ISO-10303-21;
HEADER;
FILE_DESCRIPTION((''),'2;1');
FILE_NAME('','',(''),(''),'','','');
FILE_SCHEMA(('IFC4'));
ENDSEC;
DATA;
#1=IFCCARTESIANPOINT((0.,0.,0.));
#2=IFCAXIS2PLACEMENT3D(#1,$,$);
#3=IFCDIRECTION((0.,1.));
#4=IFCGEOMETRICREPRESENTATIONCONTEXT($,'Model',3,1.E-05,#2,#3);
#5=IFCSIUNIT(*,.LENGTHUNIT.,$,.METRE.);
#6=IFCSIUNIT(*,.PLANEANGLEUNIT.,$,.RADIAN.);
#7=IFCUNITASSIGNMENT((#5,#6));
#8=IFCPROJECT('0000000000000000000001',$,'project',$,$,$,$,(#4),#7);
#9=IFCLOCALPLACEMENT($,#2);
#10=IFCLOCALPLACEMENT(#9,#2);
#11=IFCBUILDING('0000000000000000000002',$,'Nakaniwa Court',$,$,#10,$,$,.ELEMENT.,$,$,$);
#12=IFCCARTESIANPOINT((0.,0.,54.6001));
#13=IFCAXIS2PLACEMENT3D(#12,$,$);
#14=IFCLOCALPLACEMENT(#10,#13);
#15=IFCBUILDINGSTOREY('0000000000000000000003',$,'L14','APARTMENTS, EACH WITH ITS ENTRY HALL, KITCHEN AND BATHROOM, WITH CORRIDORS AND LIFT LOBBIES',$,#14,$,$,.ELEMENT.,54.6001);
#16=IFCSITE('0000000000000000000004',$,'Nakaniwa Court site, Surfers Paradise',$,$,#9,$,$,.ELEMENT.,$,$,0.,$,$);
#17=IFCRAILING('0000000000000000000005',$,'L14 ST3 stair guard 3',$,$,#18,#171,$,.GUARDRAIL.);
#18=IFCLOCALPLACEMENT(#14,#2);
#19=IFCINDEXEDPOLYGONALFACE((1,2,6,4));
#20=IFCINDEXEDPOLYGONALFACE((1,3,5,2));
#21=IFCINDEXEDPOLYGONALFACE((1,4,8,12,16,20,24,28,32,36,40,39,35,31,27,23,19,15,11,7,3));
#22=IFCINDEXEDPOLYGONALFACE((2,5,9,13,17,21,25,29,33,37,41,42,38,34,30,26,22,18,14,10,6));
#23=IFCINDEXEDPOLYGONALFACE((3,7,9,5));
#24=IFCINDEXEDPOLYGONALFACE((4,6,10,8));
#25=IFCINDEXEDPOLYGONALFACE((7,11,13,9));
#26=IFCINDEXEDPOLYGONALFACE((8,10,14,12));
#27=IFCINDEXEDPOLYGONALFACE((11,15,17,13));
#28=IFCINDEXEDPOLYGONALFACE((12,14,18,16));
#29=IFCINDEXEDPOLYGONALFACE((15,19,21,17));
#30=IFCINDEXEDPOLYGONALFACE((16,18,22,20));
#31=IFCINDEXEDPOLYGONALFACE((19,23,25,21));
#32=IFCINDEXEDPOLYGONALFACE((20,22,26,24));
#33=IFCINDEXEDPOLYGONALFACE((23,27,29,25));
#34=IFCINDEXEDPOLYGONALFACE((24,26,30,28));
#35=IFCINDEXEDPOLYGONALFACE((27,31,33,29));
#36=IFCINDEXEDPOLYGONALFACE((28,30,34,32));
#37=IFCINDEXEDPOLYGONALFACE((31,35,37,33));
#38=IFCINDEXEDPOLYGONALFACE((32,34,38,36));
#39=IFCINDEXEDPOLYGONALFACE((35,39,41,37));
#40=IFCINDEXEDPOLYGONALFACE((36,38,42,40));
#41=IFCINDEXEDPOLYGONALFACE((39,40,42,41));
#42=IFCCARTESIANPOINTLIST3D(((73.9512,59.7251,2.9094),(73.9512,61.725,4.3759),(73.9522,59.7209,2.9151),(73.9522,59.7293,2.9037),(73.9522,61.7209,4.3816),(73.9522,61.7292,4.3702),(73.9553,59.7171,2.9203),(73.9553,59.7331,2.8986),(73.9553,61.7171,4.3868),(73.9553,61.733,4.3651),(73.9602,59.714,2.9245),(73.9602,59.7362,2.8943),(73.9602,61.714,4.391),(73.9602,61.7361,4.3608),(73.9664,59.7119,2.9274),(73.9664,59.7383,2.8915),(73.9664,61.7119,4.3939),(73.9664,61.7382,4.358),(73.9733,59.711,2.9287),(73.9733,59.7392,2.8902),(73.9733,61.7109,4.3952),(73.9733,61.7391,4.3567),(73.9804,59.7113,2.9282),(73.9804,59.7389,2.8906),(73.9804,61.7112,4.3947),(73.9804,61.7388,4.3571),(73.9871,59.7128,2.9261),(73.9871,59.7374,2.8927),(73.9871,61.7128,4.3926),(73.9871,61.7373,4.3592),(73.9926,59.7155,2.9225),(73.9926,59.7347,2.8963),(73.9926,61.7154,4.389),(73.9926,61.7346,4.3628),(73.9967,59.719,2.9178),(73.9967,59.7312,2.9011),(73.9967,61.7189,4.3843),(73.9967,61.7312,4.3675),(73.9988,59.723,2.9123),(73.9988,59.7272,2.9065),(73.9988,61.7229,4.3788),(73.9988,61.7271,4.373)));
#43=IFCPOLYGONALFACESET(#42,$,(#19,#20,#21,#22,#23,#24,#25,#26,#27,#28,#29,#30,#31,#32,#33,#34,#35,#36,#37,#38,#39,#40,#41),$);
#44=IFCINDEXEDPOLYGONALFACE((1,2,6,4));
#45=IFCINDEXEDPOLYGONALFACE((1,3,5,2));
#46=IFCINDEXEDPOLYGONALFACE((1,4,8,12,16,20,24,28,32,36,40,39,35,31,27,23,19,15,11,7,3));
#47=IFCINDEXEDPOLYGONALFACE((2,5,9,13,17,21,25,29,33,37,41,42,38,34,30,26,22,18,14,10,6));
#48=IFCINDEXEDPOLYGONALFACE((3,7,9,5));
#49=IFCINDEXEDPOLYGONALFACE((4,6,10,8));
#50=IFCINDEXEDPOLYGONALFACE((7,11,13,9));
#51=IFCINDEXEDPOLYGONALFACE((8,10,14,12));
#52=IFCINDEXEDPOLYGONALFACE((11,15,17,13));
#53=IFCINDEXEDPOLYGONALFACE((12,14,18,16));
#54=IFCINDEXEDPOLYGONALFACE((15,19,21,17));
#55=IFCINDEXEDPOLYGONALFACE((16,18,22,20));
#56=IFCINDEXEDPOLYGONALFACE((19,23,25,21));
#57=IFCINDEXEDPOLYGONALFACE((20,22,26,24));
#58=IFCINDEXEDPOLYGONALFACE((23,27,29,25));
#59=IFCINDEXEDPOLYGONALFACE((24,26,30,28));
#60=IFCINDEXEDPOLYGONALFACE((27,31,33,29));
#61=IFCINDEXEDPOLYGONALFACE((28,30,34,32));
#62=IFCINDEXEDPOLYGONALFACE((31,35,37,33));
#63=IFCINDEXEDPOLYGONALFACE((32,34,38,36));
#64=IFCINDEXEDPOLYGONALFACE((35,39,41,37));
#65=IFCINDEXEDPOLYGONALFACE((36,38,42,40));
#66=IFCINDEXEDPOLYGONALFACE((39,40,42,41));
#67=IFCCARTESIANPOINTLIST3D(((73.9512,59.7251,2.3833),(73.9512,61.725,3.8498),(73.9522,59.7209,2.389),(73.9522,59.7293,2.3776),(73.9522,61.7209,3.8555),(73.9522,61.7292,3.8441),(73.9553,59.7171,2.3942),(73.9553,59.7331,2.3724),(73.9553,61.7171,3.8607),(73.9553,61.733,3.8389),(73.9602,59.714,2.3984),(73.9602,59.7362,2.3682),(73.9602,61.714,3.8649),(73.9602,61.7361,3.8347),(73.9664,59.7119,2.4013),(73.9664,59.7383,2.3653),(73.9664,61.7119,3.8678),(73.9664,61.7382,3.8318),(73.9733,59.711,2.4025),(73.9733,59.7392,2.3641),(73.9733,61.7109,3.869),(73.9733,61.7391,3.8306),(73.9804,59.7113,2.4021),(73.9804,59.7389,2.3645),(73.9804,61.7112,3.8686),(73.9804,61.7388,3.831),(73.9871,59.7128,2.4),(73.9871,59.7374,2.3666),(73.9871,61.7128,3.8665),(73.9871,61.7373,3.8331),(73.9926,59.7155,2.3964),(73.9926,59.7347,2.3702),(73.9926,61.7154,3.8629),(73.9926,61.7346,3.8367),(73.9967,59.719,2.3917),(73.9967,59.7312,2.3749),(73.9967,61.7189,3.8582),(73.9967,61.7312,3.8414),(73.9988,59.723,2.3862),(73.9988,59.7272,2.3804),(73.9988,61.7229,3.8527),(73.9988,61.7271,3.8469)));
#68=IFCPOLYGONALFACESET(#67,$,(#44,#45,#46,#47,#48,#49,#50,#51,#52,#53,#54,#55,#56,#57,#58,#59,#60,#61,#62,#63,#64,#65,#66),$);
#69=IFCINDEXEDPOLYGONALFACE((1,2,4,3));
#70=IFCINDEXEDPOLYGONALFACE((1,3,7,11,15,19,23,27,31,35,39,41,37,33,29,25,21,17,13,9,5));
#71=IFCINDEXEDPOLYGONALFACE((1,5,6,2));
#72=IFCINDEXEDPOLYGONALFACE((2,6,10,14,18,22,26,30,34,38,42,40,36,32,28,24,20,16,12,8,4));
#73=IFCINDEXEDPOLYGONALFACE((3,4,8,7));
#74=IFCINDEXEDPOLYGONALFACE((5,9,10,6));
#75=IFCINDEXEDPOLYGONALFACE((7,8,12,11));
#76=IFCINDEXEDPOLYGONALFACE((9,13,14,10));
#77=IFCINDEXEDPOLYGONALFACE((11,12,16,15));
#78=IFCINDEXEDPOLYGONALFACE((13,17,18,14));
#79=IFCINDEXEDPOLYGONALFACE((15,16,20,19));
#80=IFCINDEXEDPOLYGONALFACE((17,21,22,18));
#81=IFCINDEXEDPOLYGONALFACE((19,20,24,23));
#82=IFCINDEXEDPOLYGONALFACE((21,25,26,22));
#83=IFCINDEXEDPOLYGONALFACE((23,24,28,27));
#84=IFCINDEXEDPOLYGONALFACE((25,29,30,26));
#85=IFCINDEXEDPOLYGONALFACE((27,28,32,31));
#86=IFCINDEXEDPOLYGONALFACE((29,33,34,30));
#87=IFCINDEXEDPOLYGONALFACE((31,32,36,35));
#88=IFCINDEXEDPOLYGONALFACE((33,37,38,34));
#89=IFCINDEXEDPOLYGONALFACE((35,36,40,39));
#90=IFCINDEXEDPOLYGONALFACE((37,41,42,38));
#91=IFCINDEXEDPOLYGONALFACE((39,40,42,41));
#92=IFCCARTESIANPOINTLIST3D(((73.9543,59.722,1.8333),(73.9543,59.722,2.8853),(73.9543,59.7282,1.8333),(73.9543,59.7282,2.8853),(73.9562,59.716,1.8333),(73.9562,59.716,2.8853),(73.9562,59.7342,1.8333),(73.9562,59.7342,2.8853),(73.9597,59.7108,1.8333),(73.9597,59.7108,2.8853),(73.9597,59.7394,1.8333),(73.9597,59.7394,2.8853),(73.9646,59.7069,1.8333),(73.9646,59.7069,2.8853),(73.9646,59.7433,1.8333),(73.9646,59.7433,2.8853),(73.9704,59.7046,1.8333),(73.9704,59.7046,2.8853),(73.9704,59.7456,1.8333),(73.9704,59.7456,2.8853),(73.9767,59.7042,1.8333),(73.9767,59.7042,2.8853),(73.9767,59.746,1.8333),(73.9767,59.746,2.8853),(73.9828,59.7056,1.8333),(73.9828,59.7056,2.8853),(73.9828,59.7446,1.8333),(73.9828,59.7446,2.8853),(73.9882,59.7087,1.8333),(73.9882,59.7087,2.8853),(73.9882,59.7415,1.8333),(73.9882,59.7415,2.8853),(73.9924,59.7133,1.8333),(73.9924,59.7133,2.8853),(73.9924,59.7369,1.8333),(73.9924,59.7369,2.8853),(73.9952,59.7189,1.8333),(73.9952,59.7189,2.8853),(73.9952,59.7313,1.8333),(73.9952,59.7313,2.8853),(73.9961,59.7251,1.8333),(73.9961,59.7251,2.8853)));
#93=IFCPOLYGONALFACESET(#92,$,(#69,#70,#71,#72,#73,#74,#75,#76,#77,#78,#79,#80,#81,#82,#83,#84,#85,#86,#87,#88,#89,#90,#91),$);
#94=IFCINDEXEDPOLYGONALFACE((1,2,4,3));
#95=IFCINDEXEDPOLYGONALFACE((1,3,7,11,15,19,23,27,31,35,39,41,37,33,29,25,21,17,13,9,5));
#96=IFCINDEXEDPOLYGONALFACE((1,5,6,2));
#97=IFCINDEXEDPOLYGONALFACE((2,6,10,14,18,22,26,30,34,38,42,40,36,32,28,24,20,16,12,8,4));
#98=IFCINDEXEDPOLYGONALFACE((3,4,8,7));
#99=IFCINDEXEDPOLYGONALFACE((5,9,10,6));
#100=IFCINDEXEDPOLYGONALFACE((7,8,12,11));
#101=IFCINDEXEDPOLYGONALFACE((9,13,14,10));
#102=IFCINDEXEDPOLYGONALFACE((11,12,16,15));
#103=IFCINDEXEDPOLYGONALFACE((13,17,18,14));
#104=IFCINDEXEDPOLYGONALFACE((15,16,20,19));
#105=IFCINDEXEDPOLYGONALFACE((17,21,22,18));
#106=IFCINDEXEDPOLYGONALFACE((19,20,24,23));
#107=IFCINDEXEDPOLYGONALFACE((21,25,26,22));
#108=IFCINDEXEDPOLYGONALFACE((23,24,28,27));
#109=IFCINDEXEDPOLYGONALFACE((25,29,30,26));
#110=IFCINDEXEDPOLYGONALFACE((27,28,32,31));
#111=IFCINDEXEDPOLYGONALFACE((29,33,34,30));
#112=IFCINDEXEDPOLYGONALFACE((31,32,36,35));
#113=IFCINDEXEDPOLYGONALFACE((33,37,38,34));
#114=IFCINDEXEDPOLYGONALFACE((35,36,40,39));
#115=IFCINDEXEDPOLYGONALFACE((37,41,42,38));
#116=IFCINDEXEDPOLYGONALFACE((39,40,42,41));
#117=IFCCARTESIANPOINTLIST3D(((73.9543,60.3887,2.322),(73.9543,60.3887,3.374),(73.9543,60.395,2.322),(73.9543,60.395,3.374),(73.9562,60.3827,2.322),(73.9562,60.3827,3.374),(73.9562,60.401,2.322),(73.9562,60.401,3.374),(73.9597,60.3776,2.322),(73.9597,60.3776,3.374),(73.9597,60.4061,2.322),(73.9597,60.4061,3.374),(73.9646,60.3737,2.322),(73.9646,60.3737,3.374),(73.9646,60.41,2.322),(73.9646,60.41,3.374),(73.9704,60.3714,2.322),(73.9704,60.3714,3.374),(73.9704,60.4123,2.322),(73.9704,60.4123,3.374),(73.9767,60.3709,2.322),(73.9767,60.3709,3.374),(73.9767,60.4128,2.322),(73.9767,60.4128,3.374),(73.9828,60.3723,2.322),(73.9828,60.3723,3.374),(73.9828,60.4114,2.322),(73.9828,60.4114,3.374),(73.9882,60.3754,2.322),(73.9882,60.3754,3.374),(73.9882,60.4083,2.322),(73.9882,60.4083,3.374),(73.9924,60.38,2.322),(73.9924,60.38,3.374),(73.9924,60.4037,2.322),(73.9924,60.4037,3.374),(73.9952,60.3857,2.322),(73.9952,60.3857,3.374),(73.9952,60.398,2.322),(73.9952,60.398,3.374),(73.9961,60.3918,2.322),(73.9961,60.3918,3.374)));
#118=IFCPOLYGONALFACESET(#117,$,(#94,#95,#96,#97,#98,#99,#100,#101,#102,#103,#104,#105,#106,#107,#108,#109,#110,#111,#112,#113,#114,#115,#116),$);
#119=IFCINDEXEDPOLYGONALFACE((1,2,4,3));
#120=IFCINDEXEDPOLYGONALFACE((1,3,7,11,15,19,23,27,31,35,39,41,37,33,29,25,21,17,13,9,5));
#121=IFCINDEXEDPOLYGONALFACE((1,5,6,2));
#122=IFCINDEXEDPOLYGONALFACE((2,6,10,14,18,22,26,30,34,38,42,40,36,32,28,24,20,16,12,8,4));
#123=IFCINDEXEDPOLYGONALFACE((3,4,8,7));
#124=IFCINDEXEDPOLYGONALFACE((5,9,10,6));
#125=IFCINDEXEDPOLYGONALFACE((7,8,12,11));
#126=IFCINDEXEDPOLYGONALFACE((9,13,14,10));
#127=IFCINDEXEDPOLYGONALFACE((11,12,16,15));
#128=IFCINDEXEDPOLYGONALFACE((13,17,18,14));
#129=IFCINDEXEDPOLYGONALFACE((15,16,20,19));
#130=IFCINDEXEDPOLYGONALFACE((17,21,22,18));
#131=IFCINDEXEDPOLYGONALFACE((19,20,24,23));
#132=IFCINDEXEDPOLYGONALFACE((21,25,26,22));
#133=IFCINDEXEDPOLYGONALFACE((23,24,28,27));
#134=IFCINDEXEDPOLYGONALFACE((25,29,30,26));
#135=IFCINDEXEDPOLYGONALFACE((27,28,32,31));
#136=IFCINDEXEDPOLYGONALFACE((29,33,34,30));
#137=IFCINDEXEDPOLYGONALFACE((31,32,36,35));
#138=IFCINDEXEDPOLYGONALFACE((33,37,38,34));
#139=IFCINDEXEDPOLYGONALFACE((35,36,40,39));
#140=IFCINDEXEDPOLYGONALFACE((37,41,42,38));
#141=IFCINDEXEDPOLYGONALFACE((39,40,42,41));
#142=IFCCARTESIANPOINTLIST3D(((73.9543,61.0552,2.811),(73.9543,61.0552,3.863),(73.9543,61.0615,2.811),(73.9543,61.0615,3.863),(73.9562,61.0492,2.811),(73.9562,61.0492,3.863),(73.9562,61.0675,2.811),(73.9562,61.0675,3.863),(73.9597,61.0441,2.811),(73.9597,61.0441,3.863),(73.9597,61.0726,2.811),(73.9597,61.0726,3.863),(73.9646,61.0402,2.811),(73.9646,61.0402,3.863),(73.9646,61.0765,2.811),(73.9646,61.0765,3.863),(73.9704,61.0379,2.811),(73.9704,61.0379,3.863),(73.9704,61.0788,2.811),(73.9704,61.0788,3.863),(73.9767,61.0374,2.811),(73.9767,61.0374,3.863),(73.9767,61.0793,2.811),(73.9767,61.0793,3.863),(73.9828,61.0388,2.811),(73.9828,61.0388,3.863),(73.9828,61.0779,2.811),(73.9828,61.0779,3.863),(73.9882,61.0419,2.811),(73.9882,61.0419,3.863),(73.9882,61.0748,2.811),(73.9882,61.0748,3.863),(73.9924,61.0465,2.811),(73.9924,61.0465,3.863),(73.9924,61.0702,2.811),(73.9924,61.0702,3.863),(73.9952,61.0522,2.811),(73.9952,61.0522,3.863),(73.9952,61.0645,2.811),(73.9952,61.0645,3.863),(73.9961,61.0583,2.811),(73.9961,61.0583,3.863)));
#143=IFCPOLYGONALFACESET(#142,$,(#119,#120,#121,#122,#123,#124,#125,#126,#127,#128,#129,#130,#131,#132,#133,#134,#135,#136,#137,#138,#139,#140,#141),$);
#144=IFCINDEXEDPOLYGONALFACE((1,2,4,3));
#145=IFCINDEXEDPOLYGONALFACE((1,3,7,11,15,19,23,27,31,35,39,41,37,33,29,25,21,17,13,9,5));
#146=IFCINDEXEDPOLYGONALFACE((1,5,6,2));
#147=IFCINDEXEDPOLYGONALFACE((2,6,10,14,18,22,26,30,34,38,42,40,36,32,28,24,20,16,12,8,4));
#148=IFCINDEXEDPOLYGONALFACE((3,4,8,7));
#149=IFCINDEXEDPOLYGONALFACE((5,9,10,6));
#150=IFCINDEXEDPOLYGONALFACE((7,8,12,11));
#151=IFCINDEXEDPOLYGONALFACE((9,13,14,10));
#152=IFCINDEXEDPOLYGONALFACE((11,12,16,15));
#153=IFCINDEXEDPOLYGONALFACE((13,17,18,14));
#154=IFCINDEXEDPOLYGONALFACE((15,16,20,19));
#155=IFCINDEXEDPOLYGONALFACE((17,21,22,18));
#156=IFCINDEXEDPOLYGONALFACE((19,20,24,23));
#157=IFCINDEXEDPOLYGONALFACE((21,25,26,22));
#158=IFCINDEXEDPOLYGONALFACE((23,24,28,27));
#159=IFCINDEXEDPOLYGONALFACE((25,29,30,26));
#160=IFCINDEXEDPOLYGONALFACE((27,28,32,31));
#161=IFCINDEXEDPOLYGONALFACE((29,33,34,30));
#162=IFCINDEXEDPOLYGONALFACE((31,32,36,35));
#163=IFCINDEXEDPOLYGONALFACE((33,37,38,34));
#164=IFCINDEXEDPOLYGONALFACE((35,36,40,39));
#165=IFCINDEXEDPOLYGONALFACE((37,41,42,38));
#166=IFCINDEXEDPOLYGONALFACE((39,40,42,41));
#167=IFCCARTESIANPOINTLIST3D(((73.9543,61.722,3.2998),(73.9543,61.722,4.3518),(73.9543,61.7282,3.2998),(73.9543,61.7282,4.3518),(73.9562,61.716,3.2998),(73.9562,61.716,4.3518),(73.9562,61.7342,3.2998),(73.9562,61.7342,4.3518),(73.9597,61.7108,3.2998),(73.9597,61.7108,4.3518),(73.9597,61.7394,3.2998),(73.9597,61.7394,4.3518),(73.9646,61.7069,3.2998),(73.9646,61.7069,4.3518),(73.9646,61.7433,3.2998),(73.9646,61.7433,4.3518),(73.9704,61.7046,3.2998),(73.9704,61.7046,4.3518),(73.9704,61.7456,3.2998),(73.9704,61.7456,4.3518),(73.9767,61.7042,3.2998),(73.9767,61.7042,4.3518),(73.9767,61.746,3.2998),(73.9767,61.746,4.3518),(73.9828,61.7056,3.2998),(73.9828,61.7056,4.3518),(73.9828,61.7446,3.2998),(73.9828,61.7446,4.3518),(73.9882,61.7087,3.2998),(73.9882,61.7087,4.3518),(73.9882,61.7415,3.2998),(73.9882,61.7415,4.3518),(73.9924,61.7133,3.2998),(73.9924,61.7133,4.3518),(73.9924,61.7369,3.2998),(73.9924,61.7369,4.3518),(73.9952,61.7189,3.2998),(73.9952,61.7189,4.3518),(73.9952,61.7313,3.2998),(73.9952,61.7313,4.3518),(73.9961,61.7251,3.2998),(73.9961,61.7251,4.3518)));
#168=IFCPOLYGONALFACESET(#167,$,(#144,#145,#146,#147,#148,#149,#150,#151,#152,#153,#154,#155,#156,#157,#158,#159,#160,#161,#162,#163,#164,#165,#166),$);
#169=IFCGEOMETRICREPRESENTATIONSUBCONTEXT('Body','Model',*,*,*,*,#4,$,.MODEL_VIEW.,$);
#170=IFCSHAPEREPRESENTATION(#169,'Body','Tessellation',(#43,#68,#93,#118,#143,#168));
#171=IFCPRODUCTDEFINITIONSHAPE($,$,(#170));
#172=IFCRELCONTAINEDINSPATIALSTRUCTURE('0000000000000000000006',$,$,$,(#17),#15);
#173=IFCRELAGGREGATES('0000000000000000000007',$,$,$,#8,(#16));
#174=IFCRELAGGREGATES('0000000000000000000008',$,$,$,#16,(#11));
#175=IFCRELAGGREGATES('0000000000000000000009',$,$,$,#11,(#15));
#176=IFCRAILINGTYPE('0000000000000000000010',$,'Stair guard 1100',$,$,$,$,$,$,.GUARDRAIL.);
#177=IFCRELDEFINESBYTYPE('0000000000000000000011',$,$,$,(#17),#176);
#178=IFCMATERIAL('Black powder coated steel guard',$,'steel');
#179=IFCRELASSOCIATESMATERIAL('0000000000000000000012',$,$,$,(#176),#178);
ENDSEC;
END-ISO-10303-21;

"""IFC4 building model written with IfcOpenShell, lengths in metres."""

from ifc_helpers import new_model, si_unit, direction, frame, origin, origin_2d, place, context, subcontext, project, spatial, circle, extrude, material, type_object, element, save


model = new_model("IFC4")

# Units and contexts
model_context = context("Model", 3, precision=1e-05, world=origin(), true_north=direction((0.0, 1.0)))
body_context = subcontext(model_context, "Body", "Model", "MODEL_VIEW")
ifc_project = project(units=[si_unit("LENGTHUNIT", "METRE"), si_unit("PLANEANGLEUNIT", "RADIAN")], contexts=[model_context])

# Site, building, storey
site_placement = place(None, origin())
site = spatial("IfcSite", under=ifc_project, at=site_placement, Name="Nakaniwa Court site, Surfers Paradise", CompositionType="ELEMENT", RefElevation=0.0)
building_placement = place(site_placement, origin())
building = spatial("IfcBuilding", under=site, at=building_placement, Name="Nakaniwa Court", CompositionType="ELEMENT")
storey_placement = place(building_placement, frame((0.0, 0.0, 54.6001)))
storey = spatial("IfcBuildingStorey", under=building, at=storey_placement, Name="L14", Description="APARTMENTS, EACH WITH ITS ENTRY HALL, KITCHEN AND BATHROOM, WITH CORRIDORS AND LIFT LOBBIES", CompositionType="ELEMENT", Elevation=54.6001)

# Railing
ifc_material_1 = material(Name="Black powder coated steel guard", Category="steel")
railing_type_1 = type_object("IfcRailingType", Name="Stair guard 1100", PredefinedType="GUARDRAIL", material=ifc_material_1)
railing_1_placement = place(storey_placement, frame((73.9751, 59.7251, 1.8333)))
element("IfcRailing", 1, at=railing_1_placement, inside=storey, type_object=railing_type_1, Name="L14 ST3 stair guard 3", PredefinedType="GUARDRAIL", context=body_context, shape_type="SweptSolid", body=[
    extrude(circle(Radius=0.0239, at=origin_2d()), frame((0.0, 0.0, 1.0762), z_axis=(0.0, 0.806427, 0.591334), x_axis=(-1.0, 0.0, 0.0)), (0.0, 0.0, 1.0), 2.48),
    extrude(circle(Radius=0.0239, at=origin_2d()), frame((0.0, 0.0, 0.55), z_axis=(0.0, 0.806427, 0.591334), x_axis=(-1.0, 0.0, 0.0)), (0.0, 0.0, 1.0), 2.48),
    extrude(circle(Radius=0.021, at=origin_2d()), origin(), (0.0, 0.0, 1.0), 1.052),
    extrude(circle(Radius=0.021, at=origin_2d()), frame((0.0, 0.6667, 0.4888)), (0.0, 0.0, 1.0), 1.052),
    extrude(circle(Radius=0.021, at=origin_2d()), frame((0.0, 1.3333, 0.9778)), (0.0, 0.0, 1.0), 1.052),
    extrude(circle(Radius=0.021, at=origin_2d()), frame((0.0, 2.0, 1.4666)), (0.0, 0.0, 1.0), 1.052),
])

save(model, "model.ifc")
